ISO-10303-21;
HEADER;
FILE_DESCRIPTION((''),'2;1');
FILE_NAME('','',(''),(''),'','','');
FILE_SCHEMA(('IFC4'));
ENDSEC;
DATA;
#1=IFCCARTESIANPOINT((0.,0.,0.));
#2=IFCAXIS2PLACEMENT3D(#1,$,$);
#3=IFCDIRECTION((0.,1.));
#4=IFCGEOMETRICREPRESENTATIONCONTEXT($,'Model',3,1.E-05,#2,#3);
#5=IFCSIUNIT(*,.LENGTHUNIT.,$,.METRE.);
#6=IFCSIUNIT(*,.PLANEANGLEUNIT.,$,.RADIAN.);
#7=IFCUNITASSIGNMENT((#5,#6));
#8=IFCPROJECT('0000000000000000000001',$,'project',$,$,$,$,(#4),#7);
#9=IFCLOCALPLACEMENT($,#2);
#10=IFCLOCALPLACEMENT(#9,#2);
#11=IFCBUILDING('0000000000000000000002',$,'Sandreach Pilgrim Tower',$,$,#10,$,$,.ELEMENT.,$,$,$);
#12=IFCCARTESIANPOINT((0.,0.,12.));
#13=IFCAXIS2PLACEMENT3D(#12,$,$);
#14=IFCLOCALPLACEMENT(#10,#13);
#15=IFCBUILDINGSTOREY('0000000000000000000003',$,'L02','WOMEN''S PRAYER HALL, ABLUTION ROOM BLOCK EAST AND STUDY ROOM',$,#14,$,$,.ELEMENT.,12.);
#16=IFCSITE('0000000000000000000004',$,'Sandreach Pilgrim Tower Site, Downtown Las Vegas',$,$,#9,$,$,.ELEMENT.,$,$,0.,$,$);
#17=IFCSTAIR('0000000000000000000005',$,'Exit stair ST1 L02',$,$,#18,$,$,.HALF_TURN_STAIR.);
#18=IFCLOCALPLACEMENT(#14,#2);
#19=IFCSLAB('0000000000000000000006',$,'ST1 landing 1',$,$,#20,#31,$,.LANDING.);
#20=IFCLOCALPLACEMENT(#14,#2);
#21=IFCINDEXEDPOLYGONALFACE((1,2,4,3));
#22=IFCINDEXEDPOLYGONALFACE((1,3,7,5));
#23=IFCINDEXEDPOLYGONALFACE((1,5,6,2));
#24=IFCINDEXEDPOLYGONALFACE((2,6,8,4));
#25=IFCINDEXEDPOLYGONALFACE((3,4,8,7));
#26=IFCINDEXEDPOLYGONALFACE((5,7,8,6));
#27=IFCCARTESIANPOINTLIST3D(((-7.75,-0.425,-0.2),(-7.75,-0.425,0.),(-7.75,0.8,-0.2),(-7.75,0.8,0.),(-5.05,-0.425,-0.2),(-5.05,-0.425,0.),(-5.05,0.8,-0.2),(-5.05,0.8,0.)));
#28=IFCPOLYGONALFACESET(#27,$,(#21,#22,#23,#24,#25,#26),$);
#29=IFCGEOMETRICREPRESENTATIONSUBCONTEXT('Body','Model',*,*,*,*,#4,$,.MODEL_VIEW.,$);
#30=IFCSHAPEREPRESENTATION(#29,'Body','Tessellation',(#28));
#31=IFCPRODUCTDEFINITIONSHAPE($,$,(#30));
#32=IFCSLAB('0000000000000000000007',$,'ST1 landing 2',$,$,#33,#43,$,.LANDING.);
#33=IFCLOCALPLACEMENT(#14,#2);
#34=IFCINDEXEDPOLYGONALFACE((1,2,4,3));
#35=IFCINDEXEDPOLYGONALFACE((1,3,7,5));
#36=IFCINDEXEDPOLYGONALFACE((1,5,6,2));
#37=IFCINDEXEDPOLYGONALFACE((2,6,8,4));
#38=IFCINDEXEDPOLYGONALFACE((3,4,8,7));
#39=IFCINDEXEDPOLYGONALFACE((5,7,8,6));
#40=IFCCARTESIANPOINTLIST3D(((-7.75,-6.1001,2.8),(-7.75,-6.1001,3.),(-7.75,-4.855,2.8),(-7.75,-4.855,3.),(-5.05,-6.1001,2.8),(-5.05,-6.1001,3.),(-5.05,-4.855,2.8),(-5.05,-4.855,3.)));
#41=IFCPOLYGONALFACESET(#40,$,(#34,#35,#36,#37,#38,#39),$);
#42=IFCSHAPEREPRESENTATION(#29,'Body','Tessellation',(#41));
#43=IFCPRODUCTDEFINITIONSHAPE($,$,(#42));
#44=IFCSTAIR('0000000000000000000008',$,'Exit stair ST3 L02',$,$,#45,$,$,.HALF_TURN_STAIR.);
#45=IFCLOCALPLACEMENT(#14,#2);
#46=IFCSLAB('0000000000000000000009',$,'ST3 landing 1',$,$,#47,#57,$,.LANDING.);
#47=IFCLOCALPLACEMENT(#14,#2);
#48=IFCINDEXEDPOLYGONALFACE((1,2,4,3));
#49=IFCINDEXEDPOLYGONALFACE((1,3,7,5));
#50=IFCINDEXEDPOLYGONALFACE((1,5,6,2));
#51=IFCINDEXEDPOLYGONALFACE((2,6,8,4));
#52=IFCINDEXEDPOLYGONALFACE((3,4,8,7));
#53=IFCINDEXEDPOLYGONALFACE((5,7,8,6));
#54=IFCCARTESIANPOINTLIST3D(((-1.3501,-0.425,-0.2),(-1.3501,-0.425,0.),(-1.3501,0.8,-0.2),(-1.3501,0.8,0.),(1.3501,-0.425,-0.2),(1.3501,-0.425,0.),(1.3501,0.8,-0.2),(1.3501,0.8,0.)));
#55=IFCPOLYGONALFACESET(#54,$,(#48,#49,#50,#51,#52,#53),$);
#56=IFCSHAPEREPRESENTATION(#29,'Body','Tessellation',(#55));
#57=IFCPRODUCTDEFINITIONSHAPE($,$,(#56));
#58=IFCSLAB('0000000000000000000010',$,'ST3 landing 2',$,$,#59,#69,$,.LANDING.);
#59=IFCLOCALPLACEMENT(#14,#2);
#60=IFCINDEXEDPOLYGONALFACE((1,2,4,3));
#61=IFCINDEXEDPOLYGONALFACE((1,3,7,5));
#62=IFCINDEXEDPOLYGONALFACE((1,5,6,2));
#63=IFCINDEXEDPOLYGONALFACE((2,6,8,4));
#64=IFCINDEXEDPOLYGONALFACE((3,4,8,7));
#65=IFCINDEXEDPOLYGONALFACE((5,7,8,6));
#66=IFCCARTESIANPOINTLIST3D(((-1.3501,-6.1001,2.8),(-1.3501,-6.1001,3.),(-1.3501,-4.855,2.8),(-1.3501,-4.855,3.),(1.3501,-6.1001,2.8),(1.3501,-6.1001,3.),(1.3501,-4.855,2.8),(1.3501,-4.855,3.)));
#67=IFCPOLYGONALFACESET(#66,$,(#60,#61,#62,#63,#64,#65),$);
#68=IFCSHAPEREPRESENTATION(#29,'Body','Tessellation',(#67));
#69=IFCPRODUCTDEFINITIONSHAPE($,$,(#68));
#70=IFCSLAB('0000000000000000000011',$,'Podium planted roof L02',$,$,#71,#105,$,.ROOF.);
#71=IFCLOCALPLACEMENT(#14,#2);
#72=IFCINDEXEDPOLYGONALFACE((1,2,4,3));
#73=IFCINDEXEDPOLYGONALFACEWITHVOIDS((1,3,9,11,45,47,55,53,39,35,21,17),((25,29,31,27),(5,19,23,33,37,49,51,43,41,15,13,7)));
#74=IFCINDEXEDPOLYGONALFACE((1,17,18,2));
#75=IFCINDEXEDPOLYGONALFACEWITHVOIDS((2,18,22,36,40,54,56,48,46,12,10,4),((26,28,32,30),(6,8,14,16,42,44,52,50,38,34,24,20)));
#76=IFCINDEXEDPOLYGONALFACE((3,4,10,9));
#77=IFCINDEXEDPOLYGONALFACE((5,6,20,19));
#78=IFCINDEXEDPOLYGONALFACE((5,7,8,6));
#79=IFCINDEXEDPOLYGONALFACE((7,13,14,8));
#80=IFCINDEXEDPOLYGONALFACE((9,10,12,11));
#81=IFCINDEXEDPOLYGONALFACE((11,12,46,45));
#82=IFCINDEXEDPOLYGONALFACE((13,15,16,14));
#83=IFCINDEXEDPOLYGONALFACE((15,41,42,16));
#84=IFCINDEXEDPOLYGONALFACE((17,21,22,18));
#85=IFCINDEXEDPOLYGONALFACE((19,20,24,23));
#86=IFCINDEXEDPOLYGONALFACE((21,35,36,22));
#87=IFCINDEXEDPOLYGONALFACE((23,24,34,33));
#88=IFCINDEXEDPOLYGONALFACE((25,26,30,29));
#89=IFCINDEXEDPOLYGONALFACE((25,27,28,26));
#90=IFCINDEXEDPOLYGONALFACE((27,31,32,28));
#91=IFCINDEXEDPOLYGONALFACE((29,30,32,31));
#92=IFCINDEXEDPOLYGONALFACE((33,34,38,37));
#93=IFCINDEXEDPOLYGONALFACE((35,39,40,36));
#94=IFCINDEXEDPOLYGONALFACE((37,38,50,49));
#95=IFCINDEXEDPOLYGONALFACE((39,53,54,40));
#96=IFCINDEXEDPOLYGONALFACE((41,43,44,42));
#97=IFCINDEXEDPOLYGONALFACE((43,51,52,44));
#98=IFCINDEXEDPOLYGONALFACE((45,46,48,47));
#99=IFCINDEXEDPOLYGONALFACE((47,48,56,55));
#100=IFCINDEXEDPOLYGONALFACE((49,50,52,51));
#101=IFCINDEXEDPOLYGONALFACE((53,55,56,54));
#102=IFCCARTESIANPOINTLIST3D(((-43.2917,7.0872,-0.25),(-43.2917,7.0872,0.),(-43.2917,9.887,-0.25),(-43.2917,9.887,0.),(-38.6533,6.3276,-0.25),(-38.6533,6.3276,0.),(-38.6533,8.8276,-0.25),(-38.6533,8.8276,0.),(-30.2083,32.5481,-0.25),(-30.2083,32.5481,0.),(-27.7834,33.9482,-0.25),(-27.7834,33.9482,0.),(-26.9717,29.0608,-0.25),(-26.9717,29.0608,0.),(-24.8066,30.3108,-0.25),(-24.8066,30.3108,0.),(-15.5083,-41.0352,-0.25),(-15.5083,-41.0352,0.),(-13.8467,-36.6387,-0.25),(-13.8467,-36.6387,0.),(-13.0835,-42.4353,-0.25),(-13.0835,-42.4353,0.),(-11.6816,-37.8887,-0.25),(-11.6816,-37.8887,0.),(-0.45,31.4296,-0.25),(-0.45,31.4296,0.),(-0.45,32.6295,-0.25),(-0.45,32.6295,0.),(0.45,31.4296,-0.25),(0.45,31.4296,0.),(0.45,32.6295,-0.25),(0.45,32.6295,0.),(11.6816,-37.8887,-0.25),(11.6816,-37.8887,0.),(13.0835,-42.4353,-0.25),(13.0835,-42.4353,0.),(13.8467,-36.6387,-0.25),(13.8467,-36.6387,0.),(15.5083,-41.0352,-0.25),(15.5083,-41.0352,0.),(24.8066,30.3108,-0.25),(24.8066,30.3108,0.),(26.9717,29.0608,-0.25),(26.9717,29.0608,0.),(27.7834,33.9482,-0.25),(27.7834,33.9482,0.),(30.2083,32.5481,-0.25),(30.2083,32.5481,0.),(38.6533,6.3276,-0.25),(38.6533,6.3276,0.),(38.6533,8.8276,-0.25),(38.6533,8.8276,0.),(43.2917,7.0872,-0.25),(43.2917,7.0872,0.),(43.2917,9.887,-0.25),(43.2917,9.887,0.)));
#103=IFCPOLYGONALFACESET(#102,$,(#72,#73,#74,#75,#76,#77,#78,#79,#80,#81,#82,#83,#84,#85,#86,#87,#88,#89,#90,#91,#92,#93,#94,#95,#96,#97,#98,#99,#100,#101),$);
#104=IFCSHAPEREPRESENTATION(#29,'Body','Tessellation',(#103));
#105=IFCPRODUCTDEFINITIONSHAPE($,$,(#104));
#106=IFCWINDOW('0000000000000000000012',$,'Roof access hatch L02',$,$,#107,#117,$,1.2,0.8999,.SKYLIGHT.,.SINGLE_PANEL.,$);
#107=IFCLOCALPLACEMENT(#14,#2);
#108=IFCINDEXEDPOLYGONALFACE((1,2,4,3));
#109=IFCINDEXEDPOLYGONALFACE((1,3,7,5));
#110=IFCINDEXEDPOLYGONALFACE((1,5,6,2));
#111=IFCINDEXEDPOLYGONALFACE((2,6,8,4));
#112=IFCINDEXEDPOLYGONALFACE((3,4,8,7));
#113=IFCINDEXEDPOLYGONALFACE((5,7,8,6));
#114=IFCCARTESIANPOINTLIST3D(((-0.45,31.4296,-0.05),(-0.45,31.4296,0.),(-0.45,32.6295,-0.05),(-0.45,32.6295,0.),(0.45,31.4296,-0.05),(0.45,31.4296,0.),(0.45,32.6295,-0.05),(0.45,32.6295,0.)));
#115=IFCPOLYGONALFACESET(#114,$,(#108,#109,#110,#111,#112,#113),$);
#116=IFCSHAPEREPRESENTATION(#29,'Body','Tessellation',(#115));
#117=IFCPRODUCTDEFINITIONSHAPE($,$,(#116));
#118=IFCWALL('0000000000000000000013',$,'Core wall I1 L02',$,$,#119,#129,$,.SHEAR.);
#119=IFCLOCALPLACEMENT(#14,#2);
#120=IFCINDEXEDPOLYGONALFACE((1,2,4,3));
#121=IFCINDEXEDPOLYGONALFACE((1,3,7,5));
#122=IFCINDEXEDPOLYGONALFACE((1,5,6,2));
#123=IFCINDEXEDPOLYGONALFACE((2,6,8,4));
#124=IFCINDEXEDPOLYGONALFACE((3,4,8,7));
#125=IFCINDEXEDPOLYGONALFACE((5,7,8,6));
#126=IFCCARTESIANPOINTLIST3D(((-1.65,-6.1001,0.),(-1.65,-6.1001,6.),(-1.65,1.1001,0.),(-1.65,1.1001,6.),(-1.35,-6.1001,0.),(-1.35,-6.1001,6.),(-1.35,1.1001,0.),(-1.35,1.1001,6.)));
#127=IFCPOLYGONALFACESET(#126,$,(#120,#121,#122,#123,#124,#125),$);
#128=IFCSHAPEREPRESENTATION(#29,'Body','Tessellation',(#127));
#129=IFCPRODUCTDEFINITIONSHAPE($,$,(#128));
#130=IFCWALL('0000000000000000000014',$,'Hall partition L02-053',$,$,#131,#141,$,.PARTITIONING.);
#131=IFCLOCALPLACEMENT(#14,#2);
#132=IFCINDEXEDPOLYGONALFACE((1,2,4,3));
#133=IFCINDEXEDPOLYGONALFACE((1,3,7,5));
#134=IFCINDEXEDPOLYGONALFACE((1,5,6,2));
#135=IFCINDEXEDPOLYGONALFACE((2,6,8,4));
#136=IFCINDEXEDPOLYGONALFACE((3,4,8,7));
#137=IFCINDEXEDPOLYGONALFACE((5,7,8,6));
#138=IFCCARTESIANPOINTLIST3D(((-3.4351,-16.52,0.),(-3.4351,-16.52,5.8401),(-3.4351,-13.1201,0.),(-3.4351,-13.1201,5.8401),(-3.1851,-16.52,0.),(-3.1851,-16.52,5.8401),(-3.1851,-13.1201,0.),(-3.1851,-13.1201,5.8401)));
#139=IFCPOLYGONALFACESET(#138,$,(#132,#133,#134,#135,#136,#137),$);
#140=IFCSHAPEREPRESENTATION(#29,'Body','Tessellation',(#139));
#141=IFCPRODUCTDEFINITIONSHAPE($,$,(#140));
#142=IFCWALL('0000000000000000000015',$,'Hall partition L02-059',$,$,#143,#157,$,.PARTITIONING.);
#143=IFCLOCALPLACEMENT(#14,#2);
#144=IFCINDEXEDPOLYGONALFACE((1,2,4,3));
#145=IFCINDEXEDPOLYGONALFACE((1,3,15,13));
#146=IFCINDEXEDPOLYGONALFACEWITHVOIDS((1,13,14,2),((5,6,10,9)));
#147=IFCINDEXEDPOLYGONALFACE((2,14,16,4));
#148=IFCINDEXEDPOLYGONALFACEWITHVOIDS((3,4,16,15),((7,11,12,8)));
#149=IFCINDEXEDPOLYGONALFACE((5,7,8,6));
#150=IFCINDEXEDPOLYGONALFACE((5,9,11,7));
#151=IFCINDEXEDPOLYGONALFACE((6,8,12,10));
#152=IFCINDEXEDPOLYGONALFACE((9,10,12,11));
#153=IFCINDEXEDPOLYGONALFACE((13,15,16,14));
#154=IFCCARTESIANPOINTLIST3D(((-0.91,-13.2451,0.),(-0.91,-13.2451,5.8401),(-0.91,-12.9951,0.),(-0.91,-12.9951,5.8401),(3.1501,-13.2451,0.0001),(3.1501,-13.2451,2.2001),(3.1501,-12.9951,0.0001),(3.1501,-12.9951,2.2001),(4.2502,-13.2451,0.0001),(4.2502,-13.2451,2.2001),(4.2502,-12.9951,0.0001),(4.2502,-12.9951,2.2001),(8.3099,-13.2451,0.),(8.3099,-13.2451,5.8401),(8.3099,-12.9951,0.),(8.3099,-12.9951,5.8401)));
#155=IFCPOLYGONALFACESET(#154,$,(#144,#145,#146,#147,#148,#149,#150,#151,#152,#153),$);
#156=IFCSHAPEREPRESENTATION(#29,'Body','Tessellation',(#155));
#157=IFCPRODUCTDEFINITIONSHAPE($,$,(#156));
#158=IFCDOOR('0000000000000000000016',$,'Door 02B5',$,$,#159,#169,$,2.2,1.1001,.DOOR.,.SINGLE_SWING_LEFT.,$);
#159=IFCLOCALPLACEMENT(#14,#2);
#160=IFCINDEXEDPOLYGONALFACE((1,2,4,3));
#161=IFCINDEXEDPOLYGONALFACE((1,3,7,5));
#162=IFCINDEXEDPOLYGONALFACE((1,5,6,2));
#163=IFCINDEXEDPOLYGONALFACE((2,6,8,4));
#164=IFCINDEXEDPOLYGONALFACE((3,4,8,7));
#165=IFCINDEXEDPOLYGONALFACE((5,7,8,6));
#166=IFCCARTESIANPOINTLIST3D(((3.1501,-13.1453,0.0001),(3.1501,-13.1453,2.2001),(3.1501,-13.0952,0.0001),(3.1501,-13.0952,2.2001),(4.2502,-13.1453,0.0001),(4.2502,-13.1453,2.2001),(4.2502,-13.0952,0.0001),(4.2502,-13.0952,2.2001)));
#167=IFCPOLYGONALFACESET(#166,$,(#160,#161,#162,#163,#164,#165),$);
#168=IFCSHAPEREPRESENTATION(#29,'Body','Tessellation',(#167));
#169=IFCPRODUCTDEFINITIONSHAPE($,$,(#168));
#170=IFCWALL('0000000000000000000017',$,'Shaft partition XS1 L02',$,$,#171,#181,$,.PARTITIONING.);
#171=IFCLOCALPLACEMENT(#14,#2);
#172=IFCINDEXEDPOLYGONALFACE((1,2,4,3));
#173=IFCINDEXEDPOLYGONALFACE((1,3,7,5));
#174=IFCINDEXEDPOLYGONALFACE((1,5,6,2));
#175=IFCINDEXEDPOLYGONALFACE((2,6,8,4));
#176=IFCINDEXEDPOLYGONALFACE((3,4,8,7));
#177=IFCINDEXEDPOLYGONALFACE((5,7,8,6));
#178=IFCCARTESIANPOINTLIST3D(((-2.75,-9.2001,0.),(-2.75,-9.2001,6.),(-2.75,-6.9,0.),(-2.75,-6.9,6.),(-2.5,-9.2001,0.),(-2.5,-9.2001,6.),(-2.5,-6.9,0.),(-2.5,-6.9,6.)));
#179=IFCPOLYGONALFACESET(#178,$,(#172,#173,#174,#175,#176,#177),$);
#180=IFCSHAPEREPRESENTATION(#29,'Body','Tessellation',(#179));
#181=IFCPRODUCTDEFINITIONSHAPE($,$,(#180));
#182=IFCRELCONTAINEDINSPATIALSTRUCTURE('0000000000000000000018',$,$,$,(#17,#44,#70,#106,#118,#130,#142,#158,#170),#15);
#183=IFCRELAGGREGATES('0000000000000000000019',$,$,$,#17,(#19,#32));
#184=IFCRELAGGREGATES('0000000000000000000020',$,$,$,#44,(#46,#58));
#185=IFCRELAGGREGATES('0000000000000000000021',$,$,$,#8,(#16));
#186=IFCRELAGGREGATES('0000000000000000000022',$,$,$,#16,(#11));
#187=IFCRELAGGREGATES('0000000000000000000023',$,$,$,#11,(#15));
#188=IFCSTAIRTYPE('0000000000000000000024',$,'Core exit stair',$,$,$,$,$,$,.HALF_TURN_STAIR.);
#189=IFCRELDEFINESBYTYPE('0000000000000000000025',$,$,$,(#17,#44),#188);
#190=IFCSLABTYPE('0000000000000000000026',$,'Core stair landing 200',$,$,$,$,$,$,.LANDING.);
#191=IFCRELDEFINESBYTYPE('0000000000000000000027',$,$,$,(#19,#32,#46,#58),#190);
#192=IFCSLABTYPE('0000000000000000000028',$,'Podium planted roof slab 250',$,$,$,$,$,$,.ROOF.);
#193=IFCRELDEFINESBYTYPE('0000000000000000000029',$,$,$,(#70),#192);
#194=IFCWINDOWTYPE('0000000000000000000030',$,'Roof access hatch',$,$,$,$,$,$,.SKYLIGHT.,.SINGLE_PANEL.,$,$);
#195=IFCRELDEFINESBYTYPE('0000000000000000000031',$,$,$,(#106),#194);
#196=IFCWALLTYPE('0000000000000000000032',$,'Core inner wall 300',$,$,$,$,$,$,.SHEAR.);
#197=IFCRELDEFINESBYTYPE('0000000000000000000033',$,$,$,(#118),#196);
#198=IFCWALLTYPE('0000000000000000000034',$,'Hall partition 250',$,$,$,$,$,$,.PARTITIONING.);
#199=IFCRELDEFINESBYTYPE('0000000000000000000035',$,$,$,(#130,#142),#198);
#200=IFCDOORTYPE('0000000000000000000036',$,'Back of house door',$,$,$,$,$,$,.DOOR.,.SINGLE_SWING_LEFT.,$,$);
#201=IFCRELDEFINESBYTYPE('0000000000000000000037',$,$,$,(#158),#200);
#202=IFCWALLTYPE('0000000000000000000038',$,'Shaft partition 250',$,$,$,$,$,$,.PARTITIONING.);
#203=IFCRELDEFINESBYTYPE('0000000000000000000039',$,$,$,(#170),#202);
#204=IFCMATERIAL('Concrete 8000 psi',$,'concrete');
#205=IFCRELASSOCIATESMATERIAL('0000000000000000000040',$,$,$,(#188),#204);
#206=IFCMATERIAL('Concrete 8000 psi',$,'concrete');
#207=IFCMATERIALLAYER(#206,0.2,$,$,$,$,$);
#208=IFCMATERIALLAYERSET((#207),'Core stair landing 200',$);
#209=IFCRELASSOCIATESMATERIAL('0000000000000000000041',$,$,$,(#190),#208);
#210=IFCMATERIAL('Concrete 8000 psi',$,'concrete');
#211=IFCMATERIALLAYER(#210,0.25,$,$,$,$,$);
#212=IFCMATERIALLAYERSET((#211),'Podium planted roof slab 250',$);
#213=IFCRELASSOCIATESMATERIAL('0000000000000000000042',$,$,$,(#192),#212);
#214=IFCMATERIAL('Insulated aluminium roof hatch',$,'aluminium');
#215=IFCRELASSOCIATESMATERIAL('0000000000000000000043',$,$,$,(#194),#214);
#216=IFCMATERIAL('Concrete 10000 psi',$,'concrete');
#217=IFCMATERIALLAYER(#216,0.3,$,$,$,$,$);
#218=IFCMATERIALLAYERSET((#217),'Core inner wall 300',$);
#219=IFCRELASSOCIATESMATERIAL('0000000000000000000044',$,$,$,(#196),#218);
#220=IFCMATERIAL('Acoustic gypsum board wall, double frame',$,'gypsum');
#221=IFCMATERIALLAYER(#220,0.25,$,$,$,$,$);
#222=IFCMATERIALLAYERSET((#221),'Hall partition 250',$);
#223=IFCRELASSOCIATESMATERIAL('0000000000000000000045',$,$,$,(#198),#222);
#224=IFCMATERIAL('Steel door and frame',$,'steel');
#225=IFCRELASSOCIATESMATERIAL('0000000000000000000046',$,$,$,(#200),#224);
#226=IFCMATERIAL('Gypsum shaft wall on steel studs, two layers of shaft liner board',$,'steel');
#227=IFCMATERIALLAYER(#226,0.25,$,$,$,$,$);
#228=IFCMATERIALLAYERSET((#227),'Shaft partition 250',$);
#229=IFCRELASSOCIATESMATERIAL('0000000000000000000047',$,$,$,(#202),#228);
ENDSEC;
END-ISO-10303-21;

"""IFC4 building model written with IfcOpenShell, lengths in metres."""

from ifc_helpers import new_model, si_unit, direction, frame, frame_2d, origin, origin_2d, place, context, subcontext, project, spatial, polyline, rectangle, outline, extrude, material, layer, layer_set, type_object, element, fill, aggregate, save


model = new_model("IFC4")

# Units and contexts
model_context = context("Model", 3, precision=1e-05, world=origin(), true_north=direction((0.0, 1.0)))
body_context = subcontext(model_context, "Body", "Model", "MODEL_VIEW")
ifc_project = project(units=[si_unit("LENGTHUNIT", "METRE"), si_unit("PLANEANGLEUNIT", "RADIAN")], contexts=[model_context])

# Site, building, storey
site_placement = place(None, origin())
site = spatial("IfcSite", under=ifc_project, at=site_placement, Name="Sandreach Pilgrim Tower Site, Downtown Las Vegas", CompositionType="ELEMENT", RefElevation=0.0)
building_placement = place(site_placement, origin())
building = spatial("IfcBuilding", under=site, at=building_placement, Name="Sandreach Pilgrim Tower", CompositionType="ELEMENT")
storey_placement = place(building_placement, frame((0.0, 0.0, 12.0)))
storey = spatial("IfcBuildingStorey", under=building, at=storey_placement, Name="L02", Description="WOMEN'S PRAYER HALL, ABLUTION ROOM BLOCK EAST AND STUDY ROOM", CompositionType="ELEMENT", Elevation=12.0)

# Stairs, slabs
ifc_material_1 = material(Name="Concrete 8000 psi", Category="concrete")
stair_type = type_object("IfcStairType", Name="Core exit stair", PredefinedType="HALF_TURN_STAIR", material=ifc_material_1)
stair_1_placement = place(storey_placement, origin())
stair_1 = element("IfcStair", 1, at=stair_1_placement, inside=storey, type_object=stair_type, Name="Exit stair ST1 L02", PredefinedType="HALF_TURN_STAIR")
ifc_material_2 = material(Name="Concrete 8000 psi", Category="concrete")
ifc_layer_1 = layer(ifc_material_2, 0.2)
ifc_layer_set_1 = layer_set([ifc_layer_1], Name="Core stair landing 200")
slab_type_1 = type_object("IfcSlabType", Name="Core stair landing 200", PredefinedType="LANDING", material=ifc_layer_set_1)
slab_1_placement = place(storey_placement, frame((0.0, 0.0, -0.2)))
slab_1 = element("IfcSlab", 2, at=slab_1_placement, type_object=slab_type_1, Name="ST1 landing 1", PredefinedType="LANDING", context=body_context, shape_type="SweptSolid", body=[
    extrude(outline(polyline([(-7.75, -0.425), (-5.05, -0.425), (-5.05, 0.8), (-7.75, 0.8), (-7.75, -0.425)])), origin(), (0.0, 0.0, 1.0), 0.2),
])
slab_2_placement = place(storey_placement, frame((0.0, 0.0, 2.8)))
slab_2 = element("IfcSlab", 3, at=slab_2_placement, type_object=slab_type_1, Name="ST1 landing 2", PredefinedType="LANDING", context=body_context, shape_type="SweptSolid", body=[
    extrude(outline(polyline([(-7.75, -6.1001), (-5.05, -6.1001), (-5.05, -4.855), (-7.75, -4.855), (-7.75, -6.1001)])), origin(), (0.0, 0.0, 1.0), 0.2),
])
aggregate(stair_1, [slab_1, slab_2])
stair_2_placement = place(storey_placement, origin())
stair_2 = element("IfcStair", 4, at=stair_2_placement, inside=storey, type_object=stair_type, Name="Exit stair ST3 L02", PredefinedType="HALF_TURN_STAIR")
slab_3_placement = place(storey_placement, frame((0.0, 0.0, -0.2)))
slab_3 = element("IfcSlab", 5, at=slab_3_placement, type_object=slab_type_1, Name="ST3 landing 1", PredefinedType="LANDING", context=body_context, shape_type="SweptSolid", body=[
    extrude(outline(polyline([(-1.3501, -0.425), (1.3501, -0.425), (1.3501, 0.8), (-1.3501, 0.8), (-1.3501, -0.425)])), origin(), (0.0, 0.0, 1.0), 0.2),
])
slab_4_placement = place(storey_placement, frame((0.0, 0.0, 2.8)))
slab_4 = element("IfcSlab", 6, at=slab_4_placement, type_object=slab_type_1, Name="ST3 landing 2", PredefinedType="LANDING", context=body_context, shape_type="SweptSolid", body=[
    extrude(outline(polyline([(-1.3501, -6.1001), (1.3501, -6.1001), (1.3501, -4.855), (-1.3501, -4.855), (-1.3501, -6.1001)])), origin(), (0.0, 0.0, 1.0), 0.2),
])

# Slab, opening, window
ifc_material_3 = material(Name="Concrete 8000 psi", Category="concrete")
ifc_layer_2 = layer(ifc_material_3, 0.25)
ifc_layer_set_2 = layer_set([ifc_layer_2], Name="Podium planted roof slab 250")
slab_type_2 = type_object("IfcSlabType", Name="Podium planted roof slab 250", PredefinedType="ROOF", material=ifc_layer_set_2)
slab_5_placement = place(storey_placement, frame((0.0, 0.0, -0.25)))
slab_5 = element("IfcSlab", 7, at=slab_5_placement, inside=storey, type_object=slab_type_2, Name="Podium planted roof L02", PredefinedType="ROOF", context=body_context, shape_type="SweptSolid", body=[
    extrude(outline(polyline([(-27.7834, 33.9482), (-30.2083, 32.5481), (-43.2917, 9.887), (-43.2917, 7.0872), (-15.5083, -41.0352), (-13.0835, -42.4353), (13.0835, -42.4353), (15.5083, -41.0352), (43.2917, 7.0872), (43.2917, 9.887), (30.2083, 32.5481), (27.7834, 33.9482), (-27.7834, 33.9482)]), holes=[polyline([(-24.8066, 30.3108), (-26.9717, 29.0608), (-38.6533, 8.8276), (-38.6533, 6.3276), (-13.8467, -36.6387), (-11.6816, -37.8887), (11.6816, -37.8887), (13.8467, -36.6387), (38.6533, 6.3276), (38.6533, 8.8276), (26.9717, 29.0608), (24.8066, 30.3108), (-24.8066, 30.3108)])]), origin(), (0.0, 0.0, 1.0), 0.25),
])
opening_1_placement = place(slab_5_placement, frame((0.0, 32.0295, 0.0)))
opening_1 = element("IfcOpeningElement", 8, at=opening_1_placement, cuts=slab_5, PredefinedType="OPENING", context=body_context, shape_type="SweptSolid", body=[
    extrude(rectangle(XDim=0.8999, YDim=1.2, at=origin_2d()), origin(), (0.0, 0.0, 1.0), 0.25),
])
ifc_material_4 = material(Name="Insulated aluminium roof hatch", Category="aluminium")
window_type = type_object("IfcWindowType", Name="Roof access hatch", PartitioningType="SINGLE_PANEL", PredefinedType="SKYLIGHT", material=ifc_material_4)
window_placement = place(opening_1_placement, frame((0.0, 0.0, 0.2)))
window = element("IfcWindow", 9, at=window_placement, inside=storey, type_object=window_type, Name="Roof access hatch L02", OverallHeight=1.2, OverallWidth=0.8999, PartitioningType="SINGLE_PANEL", PredefinedType="SKYLIGHT", context=body_context, shape_type="SweptSolid", body=[
    extrude(rectangle(XDim=0.8999, YDim=1.2, at=origin_2d()), origin(), (0.0, 0.0, 1.0), 0.05),
])
fill(opening_1, window)

# Walls
ifc_material_5 = material(Name="Concrete 10000 psi", Category="concrete")
ifc_layer_3 = layer(ifc_material_5, 0.3)
ifc_layer_set_3 = layer_set([ifc_layer_3], Name="Core inner wall 300")
wall_type_1 = type_object("IfcWallType", Name="Core inner wall 300", PredefinedType="SHEAR", material=ifc_layer_set_3)
wall_1_placement = place(storey_placement, frame((-1.5, -6.1001, 0.0), z_axis=(0.0, 0.0, 1.0), x_axis=(0.0, 1.0, 0.0)))
element("IfcWall", 10, at=wall_1_placement, inside=storey, type_object=wall_type_1, Name="Core wall I1 L02", PredefinedType="SHEAR", context=body_context, shape_type="SweptSolid", body=[
    extrude(rectangle(XDim=7.2002, YDim=0.3, at=frame_2d((3.6001, 0.0))), origin(), (0.0, 0.0, 1.0), 6.0),
])
ifc_material_6 = material(Name="Acoustic gypsum board wall, double frame", Category="gypsum")
ifc_layer_4 = layer(ifc_material_6, 0.25)
ifc_layer_set_4 = layer_set([ifc_layer_4], Name="Hall partition 250")
wall_type_2 = type_object("IfcWallType", Name="Hall partition 250", PredefinedType="PARTITIONING", material=ifc_layer_set_4)
wall_2_placement = place(storey_placement, frame((-3.3101, -13.1201, 0.0), z_axis=(0.0, 0.0, 1.0), x_axis=(0.0, -1.0, 0.0)))
element("IfcWall", 11, at=wall_2_placement, inside=storey, type_object=wall_type_2, Name="Hall partition L02-053", PredefinedType="PARTITIONING", context=body_context, shape_type="SweptSolid", body=[
    extrude(rectangle(XDim=3.3999, YDim=0.25, at=frame_2d((1.7, 0.0))), origin(), (0.0, 0.0, 1.0), 5.8401),
])

# Wall, opening, door
wall_3_placement = place(storey_placement, frame((-0.9099, -13.1201, 0.0), z_axis=(0.0, 0.0, 1.0), x_axis=(1.0, 0.0, 0.0)))
wall_3 = element("IfcWall", 12, at=wall_3_placement, inside=storey, type_object=wall_type_2, Name="Hall partition L02-059", PredefinedType="PARTITIONING", context=body_context, shape_type="SweptSolid", body=[
    extrude(rectangle(XDim=9.22, YDim=0.25, at=frame_2d((4.6099, 0.0))), origin(), (0.0, 0.0, 1.0), 5.8401),
])
opening_2_placement = place(wall_3_placement, frame((4.0601, 0.0, 0.0)))
opening_2 = element("IfcOpeningElement", 13, at=opening_2_placement, cuts=wall_3, PredefinedType="OPENING", context=body_context, shape_type="SweptSolid", body=[
    extrude(rectangle(XDim=1.1001, YDim=2.2, at=frame_2d((0.55, 1.1001))), frame((0.0, 0.125, 0.0), z_axis=(0.0, -1.0, 0.0), x_axis=(1.0, 0.0, 0.0)), (0.0, 0.0, 1.0), 0.25),
])
ifc_material_7 = material(Name="Steel door and frame", Category="steel")
door_type = type_object("IfcDoorType", Name="Back of house door", OperationType="SINGLE_SWING_LEFT", PredefinedType="DOOR", material=ifc_material_7)
door_placement = place(opening_2_placement, origin())
door = element("IfcDoor", 14, at=door_placement, inside=storey, type_object=door_type, Name="Door 02B5", OperationType="SINGLE_SWING_LEFT", OverallHeight=2.2, OverallWidth=1.1001, PredefinedType="DOOR", context=body_context, shape_type="SweptSolid", body=[
    extrude(rectangle(XDim=1.1001, YDim=2.2, at=frame_2d((0.55, 1.1001))), frame((0.0, 0.0249, 0.0), z_axis=(0.0, -1.0, 0.0), x_axis=(1.0, 0.0, 0.0)), (0.0, 0.0, 1.0), 0.05),
])
fill(opening_2, door)

# Wall
ifc_material_8 = material(Name="Gypsum shaft wall on steel studs, two layers of shaft liner board", Category="steel")
ifc_layer_5 = layer(ifc_material_8, 0.25)
ifc_layer_set_5 = layer_set([ifc_layer_5], Name="Shaft partition 250")
wall_type_3 = type_object("IfcWallType", Name="Shaft partition 250", PredefinedType="PARTITIONING", material=ifc_layer_set_5)
for number, where, z_axis, x_axis, name in (
    (15, (-2.625, -9.2, 0.0), (0.0, 0.0, 1.0), (0.0, 1.0, 0.0), "Shaft partition XS1 L02"),
):
    element("IfcWall", number, at=place(storey_placement, frame(where, z_axis=z_axis, x_axis=x_axis)), inside=storey, type_object=wall_type_3, Name=name, PredefinedType="PARTITIONING", context=body_context, shape_type="SweptSolid", body=[
        extrude(rectangle(XDim=2.3, YDim=0.25, at=frame_2d((1.1499, 0.0))), origin(), (0.0, 0.0, 1.0), 6.0),
    ])

aggregate(stair_2, [slab_3, slab_4])

save(model, "model.ifc")
